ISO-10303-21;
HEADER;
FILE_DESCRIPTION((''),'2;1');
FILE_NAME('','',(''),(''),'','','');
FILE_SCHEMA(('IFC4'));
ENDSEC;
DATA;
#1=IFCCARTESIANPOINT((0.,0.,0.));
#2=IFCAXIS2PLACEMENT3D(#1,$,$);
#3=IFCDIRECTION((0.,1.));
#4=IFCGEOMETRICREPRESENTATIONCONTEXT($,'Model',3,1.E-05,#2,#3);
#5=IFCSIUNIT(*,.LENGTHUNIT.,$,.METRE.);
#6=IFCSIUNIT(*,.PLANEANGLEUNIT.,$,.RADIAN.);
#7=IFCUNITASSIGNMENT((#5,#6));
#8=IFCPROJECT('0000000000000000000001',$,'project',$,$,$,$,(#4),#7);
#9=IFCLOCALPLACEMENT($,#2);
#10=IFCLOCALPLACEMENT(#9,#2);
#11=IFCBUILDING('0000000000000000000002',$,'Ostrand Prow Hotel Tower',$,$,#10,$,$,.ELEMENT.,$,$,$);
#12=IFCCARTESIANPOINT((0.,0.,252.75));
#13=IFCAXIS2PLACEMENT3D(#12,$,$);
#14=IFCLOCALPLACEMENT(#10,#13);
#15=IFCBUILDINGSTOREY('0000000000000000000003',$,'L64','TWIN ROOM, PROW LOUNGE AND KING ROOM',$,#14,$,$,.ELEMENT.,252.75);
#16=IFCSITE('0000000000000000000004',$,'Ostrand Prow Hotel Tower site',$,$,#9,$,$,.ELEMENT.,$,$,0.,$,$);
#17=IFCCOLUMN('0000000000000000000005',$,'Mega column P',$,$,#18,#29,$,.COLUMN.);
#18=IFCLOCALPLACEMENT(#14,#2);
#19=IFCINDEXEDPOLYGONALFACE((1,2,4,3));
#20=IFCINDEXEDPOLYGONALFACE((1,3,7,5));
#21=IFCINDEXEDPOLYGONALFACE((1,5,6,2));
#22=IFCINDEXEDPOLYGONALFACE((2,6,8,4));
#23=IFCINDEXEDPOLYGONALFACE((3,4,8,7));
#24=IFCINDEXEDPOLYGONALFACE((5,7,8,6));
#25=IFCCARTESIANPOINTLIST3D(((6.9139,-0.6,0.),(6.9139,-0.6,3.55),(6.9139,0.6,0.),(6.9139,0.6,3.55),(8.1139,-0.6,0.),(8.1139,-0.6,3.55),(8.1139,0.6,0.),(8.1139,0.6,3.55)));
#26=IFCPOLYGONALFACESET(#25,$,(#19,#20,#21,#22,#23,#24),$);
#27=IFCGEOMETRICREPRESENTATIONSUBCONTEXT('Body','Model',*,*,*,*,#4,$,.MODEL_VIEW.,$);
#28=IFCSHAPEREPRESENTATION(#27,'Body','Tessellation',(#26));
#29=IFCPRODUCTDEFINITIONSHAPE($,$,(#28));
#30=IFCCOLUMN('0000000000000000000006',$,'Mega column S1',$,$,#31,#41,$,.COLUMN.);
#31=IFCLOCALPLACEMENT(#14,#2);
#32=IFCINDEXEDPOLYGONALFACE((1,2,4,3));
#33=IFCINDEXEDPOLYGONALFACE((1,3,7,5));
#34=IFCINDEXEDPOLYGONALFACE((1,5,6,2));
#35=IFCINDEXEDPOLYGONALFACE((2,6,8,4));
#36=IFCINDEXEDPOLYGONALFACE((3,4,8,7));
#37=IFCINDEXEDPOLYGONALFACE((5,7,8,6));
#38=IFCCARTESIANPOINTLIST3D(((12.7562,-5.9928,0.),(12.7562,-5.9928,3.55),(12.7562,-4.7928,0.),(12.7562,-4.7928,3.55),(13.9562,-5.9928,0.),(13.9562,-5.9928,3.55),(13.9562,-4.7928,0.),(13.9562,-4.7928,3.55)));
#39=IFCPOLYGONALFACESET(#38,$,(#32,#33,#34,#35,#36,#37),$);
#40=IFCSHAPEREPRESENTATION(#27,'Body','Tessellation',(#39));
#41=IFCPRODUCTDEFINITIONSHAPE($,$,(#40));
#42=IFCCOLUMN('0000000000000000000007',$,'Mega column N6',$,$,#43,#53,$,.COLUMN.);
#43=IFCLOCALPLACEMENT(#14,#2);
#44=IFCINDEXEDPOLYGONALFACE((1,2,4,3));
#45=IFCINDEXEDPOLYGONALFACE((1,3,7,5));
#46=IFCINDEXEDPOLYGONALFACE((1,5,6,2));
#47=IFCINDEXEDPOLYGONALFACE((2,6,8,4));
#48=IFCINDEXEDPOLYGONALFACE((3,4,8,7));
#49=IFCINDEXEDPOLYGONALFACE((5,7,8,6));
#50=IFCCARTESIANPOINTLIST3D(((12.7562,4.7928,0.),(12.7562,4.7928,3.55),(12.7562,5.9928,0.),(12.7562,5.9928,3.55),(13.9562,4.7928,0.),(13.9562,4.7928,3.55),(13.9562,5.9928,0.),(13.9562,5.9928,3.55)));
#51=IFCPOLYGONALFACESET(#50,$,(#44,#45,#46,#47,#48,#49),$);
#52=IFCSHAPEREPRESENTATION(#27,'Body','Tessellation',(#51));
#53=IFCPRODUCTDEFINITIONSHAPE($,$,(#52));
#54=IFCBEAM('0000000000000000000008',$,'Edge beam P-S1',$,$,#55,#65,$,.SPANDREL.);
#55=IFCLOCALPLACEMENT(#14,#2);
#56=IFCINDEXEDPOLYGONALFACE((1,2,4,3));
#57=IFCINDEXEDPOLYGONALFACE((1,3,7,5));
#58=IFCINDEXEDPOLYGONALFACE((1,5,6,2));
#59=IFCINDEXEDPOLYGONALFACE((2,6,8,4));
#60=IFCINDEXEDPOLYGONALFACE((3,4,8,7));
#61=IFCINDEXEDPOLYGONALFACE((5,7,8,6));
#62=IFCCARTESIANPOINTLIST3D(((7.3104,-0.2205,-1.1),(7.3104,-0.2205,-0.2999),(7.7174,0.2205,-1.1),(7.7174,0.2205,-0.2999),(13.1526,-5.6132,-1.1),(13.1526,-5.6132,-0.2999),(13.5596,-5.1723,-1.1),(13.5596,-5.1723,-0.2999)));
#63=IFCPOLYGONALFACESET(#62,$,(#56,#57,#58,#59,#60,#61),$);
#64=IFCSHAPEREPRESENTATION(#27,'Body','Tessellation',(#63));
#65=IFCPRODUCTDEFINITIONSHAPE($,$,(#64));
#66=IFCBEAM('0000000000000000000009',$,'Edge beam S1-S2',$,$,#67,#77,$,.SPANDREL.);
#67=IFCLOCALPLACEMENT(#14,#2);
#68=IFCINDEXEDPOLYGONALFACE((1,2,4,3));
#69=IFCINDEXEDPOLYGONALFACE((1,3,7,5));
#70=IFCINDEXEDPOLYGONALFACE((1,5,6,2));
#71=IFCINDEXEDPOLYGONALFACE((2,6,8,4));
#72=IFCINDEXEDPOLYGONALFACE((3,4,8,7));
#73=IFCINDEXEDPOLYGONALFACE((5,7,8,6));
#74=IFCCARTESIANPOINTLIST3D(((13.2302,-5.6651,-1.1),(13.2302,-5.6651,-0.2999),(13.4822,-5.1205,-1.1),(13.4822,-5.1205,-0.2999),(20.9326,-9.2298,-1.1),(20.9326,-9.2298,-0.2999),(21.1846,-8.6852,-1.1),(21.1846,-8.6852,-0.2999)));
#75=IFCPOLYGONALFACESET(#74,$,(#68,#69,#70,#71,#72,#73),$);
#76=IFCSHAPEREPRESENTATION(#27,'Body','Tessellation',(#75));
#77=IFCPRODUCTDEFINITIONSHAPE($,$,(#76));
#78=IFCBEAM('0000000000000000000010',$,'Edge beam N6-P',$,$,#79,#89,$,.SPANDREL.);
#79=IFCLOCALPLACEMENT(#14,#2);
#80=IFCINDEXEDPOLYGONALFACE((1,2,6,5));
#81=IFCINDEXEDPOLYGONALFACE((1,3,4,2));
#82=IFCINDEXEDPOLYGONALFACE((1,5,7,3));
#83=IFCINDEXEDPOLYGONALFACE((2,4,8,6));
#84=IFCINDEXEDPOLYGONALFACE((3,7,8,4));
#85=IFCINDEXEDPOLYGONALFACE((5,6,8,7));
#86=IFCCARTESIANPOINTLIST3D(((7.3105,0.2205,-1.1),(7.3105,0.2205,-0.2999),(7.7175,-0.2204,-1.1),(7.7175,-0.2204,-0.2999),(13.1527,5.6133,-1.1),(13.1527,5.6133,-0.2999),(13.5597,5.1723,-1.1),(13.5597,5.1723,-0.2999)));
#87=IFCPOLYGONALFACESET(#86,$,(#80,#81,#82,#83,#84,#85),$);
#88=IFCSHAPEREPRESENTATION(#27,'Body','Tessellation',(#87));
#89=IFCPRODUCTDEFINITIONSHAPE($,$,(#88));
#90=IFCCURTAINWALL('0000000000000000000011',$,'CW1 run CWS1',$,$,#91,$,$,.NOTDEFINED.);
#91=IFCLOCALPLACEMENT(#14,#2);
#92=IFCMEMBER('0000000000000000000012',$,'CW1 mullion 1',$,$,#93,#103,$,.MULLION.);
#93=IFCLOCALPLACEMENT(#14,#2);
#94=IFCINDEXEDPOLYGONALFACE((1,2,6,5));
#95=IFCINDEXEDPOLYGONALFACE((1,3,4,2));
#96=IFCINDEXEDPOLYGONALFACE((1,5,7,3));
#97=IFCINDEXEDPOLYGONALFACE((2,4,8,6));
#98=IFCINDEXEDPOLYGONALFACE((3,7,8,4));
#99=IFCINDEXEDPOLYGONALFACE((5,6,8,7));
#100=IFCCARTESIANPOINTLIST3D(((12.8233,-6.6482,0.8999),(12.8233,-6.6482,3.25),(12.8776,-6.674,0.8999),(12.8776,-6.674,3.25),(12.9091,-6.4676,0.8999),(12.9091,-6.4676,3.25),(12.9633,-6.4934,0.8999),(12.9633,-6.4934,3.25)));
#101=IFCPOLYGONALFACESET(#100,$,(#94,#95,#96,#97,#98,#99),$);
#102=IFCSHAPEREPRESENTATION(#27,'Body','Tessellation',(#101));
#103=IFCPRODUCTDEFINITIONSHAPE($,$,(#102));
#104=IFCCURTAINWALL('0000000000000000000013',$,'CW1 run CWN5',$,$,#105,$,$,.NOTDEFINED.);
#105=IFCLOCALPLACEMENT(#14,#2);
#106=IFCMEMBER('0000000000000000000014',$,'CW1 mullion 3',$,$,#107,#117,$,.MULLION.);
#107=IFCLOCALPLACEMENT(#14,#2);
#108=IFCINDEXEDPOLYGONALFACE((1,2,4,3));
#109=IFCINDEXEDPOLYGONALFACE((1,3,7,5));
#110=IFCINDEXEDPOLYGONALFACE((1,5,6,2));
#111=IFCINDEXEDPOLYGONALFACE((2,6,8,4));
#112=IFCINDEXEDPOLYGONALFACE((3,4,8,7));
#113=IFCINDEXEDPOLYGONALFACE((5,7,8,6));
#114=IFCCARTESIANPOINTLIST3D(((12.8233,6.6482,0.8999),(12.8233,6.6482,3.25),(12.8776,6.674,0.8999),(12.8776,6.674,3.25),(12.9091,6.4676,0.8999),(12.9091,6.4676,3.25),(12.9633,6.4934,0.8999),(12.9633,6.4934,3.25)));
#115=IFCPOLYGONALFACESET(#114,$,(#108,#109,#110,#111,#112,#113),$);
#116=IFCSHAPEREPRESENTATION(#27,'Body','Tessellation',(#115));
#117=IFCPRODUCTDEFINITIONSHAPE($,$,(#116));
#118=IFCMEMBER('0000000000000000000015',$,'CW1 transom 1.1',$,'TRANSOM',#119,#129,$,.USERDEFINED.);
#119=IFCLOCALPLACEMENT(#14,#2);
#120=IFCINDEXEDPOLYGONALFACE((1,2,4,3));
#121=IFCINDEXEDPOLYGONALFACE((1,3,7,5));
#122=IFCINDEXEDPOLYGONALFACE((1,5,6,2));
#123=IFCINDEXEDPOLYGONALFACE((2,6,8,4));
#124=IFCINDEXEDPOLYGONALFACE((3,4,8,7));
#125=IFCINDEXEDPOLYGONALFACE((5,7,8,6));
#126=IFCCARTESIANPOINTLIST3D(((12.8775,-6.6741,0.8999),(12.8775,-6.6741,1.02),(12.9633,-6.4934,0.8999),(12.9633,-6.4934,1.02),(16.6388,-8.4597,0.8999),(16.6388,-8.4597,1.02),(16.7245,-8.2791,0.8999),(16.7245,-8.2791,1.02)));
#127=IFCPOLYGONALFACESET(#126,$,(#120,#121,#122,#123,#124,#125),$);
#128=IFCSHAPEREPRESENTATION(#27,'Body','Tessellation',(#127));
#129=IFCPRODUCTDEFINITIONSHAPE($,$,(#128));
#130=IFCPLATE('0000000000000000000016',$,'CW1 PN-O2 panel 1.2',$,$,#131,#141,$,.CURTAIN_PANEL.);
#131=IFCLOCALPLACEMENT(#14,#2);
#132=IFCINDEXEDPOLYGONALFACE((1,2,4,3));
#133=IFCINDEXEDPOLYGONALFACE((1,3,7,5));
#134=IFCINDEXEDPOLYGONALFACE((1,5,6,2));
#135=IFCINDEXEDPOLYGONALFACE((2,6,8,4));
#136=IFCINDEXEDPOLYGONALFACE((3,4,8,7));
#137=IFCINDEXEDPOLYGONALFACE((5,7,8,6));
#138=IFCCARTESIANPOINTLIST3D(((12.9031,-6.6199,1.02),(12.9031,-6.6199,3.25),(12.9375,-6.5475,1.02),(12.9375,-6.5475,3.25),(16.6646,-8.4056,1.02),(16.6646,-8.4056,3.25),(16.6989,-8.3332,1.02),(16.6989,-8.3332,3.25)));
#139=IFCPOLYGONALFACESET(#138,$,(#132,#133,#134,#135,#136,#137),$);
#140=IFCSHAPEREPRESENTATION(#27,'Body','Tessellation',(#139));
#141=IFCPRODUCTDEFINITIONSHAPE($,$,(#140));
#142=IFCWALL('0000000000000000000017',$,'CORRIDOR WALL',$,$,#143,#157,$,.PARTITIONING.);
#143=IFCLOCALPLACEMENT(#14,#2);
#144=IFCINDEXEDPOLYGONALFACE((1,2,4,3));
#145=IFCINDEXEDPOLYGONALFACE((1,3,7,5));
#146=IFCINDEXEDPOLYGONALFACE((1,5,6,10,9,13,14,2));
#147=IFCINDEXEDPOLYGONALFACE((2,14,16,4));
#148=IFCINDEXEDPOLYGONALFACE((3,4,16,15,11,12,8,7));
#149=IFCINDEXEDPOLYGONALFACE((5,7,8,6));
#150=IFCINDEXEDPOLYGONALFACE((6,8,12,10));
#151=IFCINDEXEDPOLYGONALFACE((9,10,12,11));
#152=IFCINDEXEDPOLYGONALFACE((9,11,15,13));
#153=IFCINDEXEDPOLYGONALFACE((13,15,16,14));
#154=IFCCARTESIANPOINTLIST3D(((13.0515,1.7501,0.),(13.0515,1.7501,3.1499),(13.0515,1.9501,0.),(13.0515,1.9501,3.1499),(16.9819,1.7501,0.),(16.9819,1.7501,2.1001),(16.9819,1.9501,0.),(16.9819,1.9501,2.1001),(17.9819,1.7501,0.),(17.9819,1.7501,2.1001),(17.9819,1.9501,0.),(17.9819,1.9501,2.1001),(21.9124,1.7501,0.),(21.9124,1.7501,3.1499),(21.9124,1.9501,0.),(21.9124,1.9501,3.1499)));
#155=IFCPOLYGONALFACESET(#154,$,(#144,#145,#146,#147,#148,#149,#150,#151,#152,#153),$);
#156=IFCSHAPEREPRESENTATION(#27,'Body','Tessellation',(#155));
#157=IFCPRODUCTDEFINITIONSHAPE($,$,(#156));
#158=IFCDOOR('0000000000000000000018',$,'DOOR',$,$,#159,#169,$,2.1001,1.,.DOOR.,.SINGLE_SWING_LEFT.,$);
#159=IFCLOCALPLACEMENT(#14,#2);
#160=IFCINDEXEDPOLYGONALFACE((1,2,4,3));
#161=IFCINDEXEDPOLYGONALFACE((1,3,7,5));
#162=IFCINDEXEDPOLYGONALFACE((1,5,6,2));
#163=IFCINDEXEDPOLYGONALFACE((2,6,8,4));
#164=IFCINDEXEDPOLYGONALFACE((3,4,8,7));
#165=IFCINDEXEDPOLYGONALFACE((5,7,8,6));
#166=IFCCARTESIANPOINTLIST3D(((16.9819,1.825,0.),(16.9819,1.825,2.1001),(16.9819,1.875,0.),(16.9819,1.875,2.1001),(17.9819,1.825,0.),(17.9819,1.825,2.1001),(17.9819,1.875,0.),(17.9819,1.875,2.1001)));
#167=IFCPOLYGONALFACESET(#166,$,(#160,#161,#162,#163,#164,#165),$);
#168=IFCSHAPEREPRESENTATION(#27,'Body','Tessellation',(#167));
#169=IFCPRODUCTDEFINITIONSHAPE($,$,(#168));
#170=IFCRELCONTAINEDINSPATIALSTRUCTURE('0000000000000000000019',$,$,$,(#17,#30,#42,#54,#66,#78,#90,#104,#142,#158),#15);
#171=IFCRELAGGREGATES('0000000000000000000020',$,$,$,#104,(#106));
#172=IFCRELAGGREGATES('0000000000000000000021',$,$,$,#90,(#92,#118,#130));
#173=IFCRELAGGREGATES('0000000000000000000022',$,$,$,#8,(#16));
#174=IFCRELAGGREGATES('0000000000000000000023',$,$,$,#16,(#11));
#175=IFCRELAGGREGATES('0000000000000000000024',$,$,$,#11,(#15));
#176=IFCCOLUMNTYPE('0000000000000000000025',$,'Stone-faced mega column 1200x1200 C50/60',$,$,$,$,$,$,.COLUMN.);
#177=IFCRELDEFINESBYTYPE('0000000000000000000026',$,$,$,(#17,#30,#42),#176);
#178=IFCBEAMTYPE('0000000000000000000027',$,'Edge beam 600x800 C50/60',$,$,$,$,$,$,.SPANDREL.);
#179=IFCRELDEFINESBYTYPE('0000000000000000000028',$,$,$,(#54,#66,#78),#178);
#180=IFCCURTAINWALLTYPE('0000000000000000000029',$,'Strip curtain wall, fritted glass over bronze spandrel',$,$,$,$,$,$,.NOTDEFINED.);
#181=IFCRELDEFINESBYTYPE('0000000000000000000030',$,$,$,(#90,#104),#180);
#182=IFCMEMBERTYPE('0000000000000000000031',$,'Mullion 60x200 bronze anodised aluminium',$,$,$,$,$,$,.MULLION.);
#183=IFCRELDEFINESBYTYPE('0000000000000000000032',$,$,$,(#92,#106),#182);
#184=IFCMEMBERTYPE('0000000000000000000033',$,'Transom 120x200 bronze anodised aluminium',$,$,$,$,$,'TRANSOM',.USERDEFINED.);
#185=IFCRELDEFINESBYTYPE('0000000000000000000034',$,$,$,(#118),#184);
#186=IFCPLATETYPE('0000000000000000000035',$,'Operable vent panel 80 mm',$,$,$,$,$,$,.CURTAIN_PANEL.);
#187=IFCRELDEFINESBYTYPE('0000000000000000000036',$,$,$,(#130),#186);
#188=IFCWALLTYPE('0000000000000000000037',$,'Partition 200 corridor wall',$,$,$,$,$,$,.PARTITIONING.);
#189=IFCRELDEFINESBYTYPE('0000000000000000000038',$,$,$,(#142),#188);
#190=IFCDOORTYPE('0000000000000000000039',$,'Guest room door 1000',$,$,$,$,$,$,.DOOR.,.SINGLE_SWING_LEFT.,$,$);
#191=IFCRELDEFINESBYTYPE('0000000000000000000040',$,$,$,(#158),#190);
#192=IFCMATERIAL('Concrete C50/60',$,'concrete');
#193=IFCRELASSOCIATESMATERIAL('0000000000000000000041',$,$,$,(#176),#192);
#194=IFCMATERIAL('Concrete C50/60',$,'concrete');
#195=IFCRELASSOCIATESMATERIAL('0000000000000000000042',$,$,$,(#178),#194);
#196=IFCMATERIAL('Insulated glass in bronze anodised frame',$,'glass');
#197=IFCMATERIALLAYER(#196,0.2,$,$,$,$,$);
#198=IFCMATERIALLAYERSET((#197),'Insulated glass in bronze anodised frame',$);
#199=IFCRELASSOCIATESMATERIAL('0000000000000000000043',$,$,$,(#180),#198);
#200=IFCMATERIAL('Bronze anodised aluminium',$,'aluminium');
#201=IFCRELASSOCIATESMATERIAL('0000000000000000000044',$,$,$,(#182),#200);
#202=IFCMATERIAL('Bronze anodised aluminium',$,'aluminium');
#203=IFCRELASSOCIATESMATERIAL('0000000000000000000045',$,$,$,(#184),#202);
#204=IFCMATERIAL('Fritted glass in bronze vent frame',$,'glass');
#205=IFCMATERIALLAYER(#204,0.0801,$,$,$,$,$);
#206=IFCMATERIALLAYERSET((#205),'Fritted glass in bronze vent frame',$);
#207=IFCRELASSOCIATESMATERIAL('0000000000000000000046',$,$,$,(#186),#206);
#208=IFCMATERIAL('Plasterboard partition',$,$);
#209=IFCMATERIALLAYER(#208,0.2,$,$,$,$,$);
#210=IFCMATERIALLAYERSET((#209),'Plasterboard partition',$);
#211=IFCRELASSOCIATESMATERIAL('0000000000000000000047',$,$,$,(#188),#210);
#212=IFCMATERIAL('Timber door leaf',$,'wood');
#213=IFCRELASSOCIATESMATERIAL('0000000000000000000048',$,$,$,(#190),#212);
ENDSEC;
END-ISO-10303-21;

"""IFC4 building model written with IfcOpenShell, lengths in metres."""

from ifc_helpers import new_model, si_unit, direction, frame, frame_2d, origin, origin_2d, place, context, subcontext, project, spatial, rectangle, extrude, material, layer, layer_set, material_profile, profile_set, type_object, element, fill, aggregate, save


model = new_model("IFC4")

# Units and contexts
model_context = context("Model", 3, precision=1e-05, world=origin(), true_north=direction((0.0, 1.0)))
body_context = subcontext(model_context, "Body", "Model", "MODEL_VIEW")
ifc_project = project(units=[si_unit("LENGTHUNIT", "METRE"), si_unit("PLANEANGLEUNIT", "RADIAN")], contexts=[model_context])

# Site, building, storey
site_placement = place(None, origin())
site = spatial("IfcSite", under=ifc_project, at=site_placement, Name="Ostrand Prow Hotel Tower site", CompositionType="ELEMENT", RefElevation=0.0)
building_placement = place(site_placement, origin())
building = spatial("IfcBuilding", under=site, at=building_placement, Name="Ostrand Prow Hotel Tower", CompositionType="ELEMENT")
storey_placement = place(building_placement, frame((0.0, 0.0, 252.75)))
storey = spatial("IfcBuildingStorey", under=building, at=storey_placement, Name="L64", Description="TWIN ROOM, PROW LOUNGE AND KING ROOM", CompositionType="ELEMENT", Elevation=252.75)

# Columns
ifc_material_1 = material(Name="Concrete C50/60", Category="concrete")
ifc_material_profile_1 = material_profile(ifc_material_1, rectangle(XDim=1.2, YDim=1.2, at=origin_2d()), Name="RC 1200x1200")
ifc_profile_set_1 = profile_set([ifc_material_profile_1], Name="Concrete C50/60")
column_type = type_object("IfcColumnType", Name="Stone-faced mega column 1200x1200 C50/60", PredefinedType="COLUMN", material=ifc_profile_set_1)
for number, where, z_axis, x_axis, name in (
    (1, (7.5139, 0.0, 0.0), (0.0, 0.0, 1.0), (1.0, 0.0, 0.0), "Mega column P"),
    (2, (13.3562, -5.3928, 0.0), (0.0, 0.0, 1.0), (1.0, 0.0, 0.0), "Mega column S1"),
    (3, (13.3562, 5.3928, 0.0), (0.0, 0.0, 1.0), (1.0, 0.0, 0.0), "Mega column N6"),
):
    element("IfcColumn", number, at=place(storey_placement, frame(where, z_axis=z_axis, x_axis=x_axis)), inside=storey, type_object=column_type, Name=name, PredefinedType="COLUMN", context=body_context, shape_type="SweptSolid", body=[
        extrude(rectangle(XDim=1.2, YDim=1.2, at=origin_2d()), origin(), (0.0, 0.0, 1.0), 3.55),
    ])

# Beams
ifc_material_2 = material(Name="Concrete C50/60", Category="concrete")
ifc_material_profile_2 = material_profile(ifc_material_2, rectangle(XDim=0.6001, YDim=0.8, at=origin_2d()), Name="RC 600x800")
ifc_profile_set_2 = profile_set([ifc_material_profile_2], Name="Concrete C50/60")
beam_type = type_object("IfcBeamType", Name="Edge beam 600x800 C50/60", PredefinedType="SPANDREL", material=ifc_profile_set_2)
beam_1_placement = place(storey_placement, frame((7.5139, 0.0, -0.7), z_axis=(0.734807, -0.678276, 0.0), x_axis=(0.678276, 0.734807, 0.0)))
element("IfcBeam", 4, at=beam_1_placement, inside=storey, type_object=beam_type, Name="Edge beam P-S1", PredefinedType="SPANDREL", context=body_context, shape_type="SweptSolid", body=[
    extrude(rectangle(XDim=0.6001, YDim=0.8, at=origin_2d()), origin(), (0.0, 0.0, 1.0), 7.9507),
])
beam_2_placement = place(storey_placement, frame((13.3562, -5.3928, -0.7), z_axis=(0.907522, -0.420005, 0.0), x_axis=(0.420005, 0.907522, 0.0)))
element("IfcBeam", 5, at=beam_2_placement, inside=storey, type_object=beam_type, Name="Edge beam S1-S2", PredefinedType="SPANDREL", context=body_context, shape_type="SweptSolid", body=[
    extrude(rectangle(XDim=0.6001, YDim=0.8, at=origin_2d()), origin(), (0.0, 0.0, 1.0), 8.4873),
])
beam_3_placement = place(storey_placement, frame((13.3562, 5.3928, -0.7), z_axis=(-0.734807, -0.678276, 0.0), x_axis=(0.678276, -0.734807, 0.0)))
element("IfcBeam", 6, at=beam_3_placement, inside=storey, type_object=beam_type, Name="Edge beam N6-P", PredefinedType="SPANDREL", context=body_context, shape_type="SweptSolid", body=[
    extrude(rectangle(XDim=0.6001, YDim=0.8, at=origin_2d()), origin(), (0.0, 0.0, 1.0), 7.9507),
])

# Curtain walls, members
ifc_material_3 = material(Name="Insulated glass in bronze anodised frame", Category="glass")
ifc_layer_1 = layer(ifc_material_3, 0.2)
ifc_layer_set_1 = layer_set([ifc_layer_1], Name="Insulated glass in bronze anodised frame")
curtain_wall_type = type_object("IfcCurtainWallType", Name="Strip curtain wall, fritted glass over bronze spandrel", PredefinedType="NOTDEFINED", material=ifc_layer_set_1)
curtain_wall_1_placement = place(storey_placement, origin())
curtain_wall_1 = element("IfcCurtainWall", 7, at=curtain_wall_1_placement, inside=storey, type_object=curtain_wall_type, Name="CW1 run CWS1", PredefinedType="NOTDEFINED")
ifc_material_4 = material(Name="Bronze anodised aluminium", Category="aluminium")
ifc_material_profile_3 = material_profile(ifc_material_4, rectangle(XDim=0.2, YDim=0.0601, at=origin_2d()), Name="Mullion 60x200 bronze anodised aluminium")
ifc_profile_set_3 = profile_set([ifc_material_profile_3], Name="Bronze anodised aluminium")
member_type_1 = type_object("IfcMemberType", Name="Mullion 60x200 bronze anodised aluminium", PredefinedType="MULLION", material=ifc_profile_set_3)
member_1_placement = place(storey_placement, frame((12.8933, -6.5708, 0.8999), z_axis=(0.0, 0.0, 1.0), x_axis=(0.428861, 0.90337, 0.0)))
member_1 = element("IfcMember", 8, at=member_1_placement, type_object=member_type_1, Name="CW1 mullion 1", PredefinedType="MULLION", context=body_context, shape_type="SweptSolid", body=[
    extrude(rectangle(XDim=0.2, YDim=0.0601, at=origin_2d()), origin(), (0.0, 0.0, 1.0), 2.3501),
])
curtain_wall_2_placement = place(storey_placement, origin())
curtain_wall_2 = element("IfcCurtainWall", 9, at=curtain_wall_2_placement, inside=storey, type_object=curtain_wall_type, Name="CW1 run CWN5", PredefinedType="NOTDEFINED")
member_2_placement = place(storey_placement, frame((12.8933, 6.5708, 0.8999), z_axis=(0.0, 0.0, 1.0), x_axis=(0.428861, -0.90337, 0.0)))
member_2 = element("IfcMember", 10, at=member_2_placement, type_object=member_type_1, Name="CW1 mullion 3", PredefinedType="MULLION", context=body_context, shape_type="SweptSolid", body=[
    extrude(rectangle(XDim=0.2, YDim=0.0601, at=origin_2d()), origin(), (0.0, 0.0, 1.0), 2.3501),
])
aggregate(curtain_wall_2, [member_2])

# Member
ifc_material_5 = material(Name="Bronze anodised aluminium", Category="aluminium")
ifc_material_profile_4 = material_profile(ifc_material_5, rectangle(XDim=0.2, YDim=0.1201, at=origin_2d()), Name="Transom 120x200 bronze anodised aluminium")
ifc_profile_set_4 = profile_set([ifc_material_profile_4], Name="Bronze anodised aluminium")
member_type_2 = type_object("IfcMemberType", Name="Transom 120x200 bronze anodised aluminium", ElementType="TRANSOM", PredefinedType="USERDEFINED", material=ifc_profile_set_4)
member_3_placement = place(storey_placement, frame((12.9204, -6.5837, 0.96), z_axis=(0.903365, -0.428873, 0.0), x_axis=(0.428873, 0.903365, 0.0)))
member_3 = element("IfcMember", 11, at=member_3_placement, type_object=member_type_2, Name="CW1 transom 1.1", ObjectType="TRANSOM", PredefinedType="USERDEFINED", context=body_context, shape_type="SweptSolid", body=[
    extrude(rectangle(XDim=0.2, YDim=0.1201, at=origin_2d()), origin(), (0.0, 0.0, 1.0), 4.1636),
])

# Plate
ifc_material_6 = material(Name="Fritted glass in bronze vent frame", Category="glass")
ifc_layer_2 = layer(ifc_material_6, 0.0801)
ifc_layer_set_2 = layer_set([ifc_layer_2], Name="Fritted glass in bronze vent frame")
plate_type = type_object("IfcPlateType", Name="Operable vent panel 80 mm", PredefinedType="CURTAIN_PANEL", material=ifc_layer_set_2)
plate_placement = place(storey_placement, frame((14.801, -7.4766, 1.02), z_axis=(0.0, 0.0, 1.0), x_axis=(0.90337, -0.428861, 0.0)))
plate = element("IfcPlate", 12, at=plate_placement, type_object=plate_type, Name="CW1 PN-O2 panel 1.2", PredefinedType="CURTAIN_PANEL", context=body_context, shape_type="SweptSolid", body=[
    extrude(rectangle(XDim=4.1638, YDim=0.0801, at=origin_2d()), origin(), (0.0, 0.0, 1.0), 2.23),
])
aggregate(curtain_wall_1, [member_1, member_3, plate])

# Wall, opening, door
ifc_material_7 = material(Name="Plasterboard partition")
ifc_layer_3 = layer(ifc_material_7, 0.2)
ifc_layer_set_3 = layer_set([ifc_layer_3], Name="Plasterboard partition")
wall_type_1 = type_object("IfcWallType", Name="Partition 200 corridor wall", PredefinedType="PARTITIONING", material=ifc_layer_set_3)
wall_1_placement = place(storey_placement, frame((13.0515, 1.8501, 0.0), z_axis=(0.0, 0.0, 1.0), x_axis=(1.0, 0.0, 0.0)))
wall_1 = element("IfcWall", 13, at=wall_1_placement, inside=storey, type_object=wall_type_1, Name="CORRIDOR WALL", PredefinedType="PARTITIONING", context=body_context, shape_type="SweptSolid", body=[
    extrude(rectangle(XDim=8.8608, YDim=0.2, at=frame_2d((4.4304, 0.0))), origin(), (0.0, 0.0, 1.0), 3.1499),
])
opening_1_placement = place(wall_1_placement, frame((3.9304, 0.0, 0.0)))
opening_1 = element("IfcOpeningElement", 14, at=opening_1_placement, cuts=wall_1, PredefinedType="OPENING", context=body_context, shape_type="SweptSolid", body=[
    extrude(rectangle(XDim=1.0, YDim=2.1001, at=frame_2d((0.5, 1.05))), frame((0.0, 0.1099, 0.0), z_axis=(0.0, -1.0, 0.0), x_axis=(1.0, 0.0, 0.0)), (0.0, 0.0, 1.0), 0.22),
])
ifc_material_8 = material(Name="Timber door leaf", Category="wood")
door_type_1 = type_object("IfcDoorType", Name="Guest room door 1000", OperationType="SINGLE_SWING_LEFT", PredefinedType="DOOR", material=ifc_material_8)
door_1_placement = place(opening_1_placement, origin())
door_1 = element("IfcDoor", 15, at=door_1_placement, inside=storey, type_object=door_type_1, Name="DOOR", OperationType="SINGLE_SWING_LEFT", OverallHeight=2.1001, OverallWidth=1.0, PredefinedType="DOOR", context=body_context, shape_type="SweptSolid", body=[
    extrude(rectangle(XDim=1.0, YDim=2.1001, at=frame_2d((0.5, 1.05))), frame((0.0, 0.0249, 0.0), z_axis=(0.0, -1.0, 0.0), x_axis=(1.0, 0.0, 0.0)), (0.0, 0.0, 1.0), 0.05),
])
fill(opening_1, door_1)

save(model, "model.ifc")
